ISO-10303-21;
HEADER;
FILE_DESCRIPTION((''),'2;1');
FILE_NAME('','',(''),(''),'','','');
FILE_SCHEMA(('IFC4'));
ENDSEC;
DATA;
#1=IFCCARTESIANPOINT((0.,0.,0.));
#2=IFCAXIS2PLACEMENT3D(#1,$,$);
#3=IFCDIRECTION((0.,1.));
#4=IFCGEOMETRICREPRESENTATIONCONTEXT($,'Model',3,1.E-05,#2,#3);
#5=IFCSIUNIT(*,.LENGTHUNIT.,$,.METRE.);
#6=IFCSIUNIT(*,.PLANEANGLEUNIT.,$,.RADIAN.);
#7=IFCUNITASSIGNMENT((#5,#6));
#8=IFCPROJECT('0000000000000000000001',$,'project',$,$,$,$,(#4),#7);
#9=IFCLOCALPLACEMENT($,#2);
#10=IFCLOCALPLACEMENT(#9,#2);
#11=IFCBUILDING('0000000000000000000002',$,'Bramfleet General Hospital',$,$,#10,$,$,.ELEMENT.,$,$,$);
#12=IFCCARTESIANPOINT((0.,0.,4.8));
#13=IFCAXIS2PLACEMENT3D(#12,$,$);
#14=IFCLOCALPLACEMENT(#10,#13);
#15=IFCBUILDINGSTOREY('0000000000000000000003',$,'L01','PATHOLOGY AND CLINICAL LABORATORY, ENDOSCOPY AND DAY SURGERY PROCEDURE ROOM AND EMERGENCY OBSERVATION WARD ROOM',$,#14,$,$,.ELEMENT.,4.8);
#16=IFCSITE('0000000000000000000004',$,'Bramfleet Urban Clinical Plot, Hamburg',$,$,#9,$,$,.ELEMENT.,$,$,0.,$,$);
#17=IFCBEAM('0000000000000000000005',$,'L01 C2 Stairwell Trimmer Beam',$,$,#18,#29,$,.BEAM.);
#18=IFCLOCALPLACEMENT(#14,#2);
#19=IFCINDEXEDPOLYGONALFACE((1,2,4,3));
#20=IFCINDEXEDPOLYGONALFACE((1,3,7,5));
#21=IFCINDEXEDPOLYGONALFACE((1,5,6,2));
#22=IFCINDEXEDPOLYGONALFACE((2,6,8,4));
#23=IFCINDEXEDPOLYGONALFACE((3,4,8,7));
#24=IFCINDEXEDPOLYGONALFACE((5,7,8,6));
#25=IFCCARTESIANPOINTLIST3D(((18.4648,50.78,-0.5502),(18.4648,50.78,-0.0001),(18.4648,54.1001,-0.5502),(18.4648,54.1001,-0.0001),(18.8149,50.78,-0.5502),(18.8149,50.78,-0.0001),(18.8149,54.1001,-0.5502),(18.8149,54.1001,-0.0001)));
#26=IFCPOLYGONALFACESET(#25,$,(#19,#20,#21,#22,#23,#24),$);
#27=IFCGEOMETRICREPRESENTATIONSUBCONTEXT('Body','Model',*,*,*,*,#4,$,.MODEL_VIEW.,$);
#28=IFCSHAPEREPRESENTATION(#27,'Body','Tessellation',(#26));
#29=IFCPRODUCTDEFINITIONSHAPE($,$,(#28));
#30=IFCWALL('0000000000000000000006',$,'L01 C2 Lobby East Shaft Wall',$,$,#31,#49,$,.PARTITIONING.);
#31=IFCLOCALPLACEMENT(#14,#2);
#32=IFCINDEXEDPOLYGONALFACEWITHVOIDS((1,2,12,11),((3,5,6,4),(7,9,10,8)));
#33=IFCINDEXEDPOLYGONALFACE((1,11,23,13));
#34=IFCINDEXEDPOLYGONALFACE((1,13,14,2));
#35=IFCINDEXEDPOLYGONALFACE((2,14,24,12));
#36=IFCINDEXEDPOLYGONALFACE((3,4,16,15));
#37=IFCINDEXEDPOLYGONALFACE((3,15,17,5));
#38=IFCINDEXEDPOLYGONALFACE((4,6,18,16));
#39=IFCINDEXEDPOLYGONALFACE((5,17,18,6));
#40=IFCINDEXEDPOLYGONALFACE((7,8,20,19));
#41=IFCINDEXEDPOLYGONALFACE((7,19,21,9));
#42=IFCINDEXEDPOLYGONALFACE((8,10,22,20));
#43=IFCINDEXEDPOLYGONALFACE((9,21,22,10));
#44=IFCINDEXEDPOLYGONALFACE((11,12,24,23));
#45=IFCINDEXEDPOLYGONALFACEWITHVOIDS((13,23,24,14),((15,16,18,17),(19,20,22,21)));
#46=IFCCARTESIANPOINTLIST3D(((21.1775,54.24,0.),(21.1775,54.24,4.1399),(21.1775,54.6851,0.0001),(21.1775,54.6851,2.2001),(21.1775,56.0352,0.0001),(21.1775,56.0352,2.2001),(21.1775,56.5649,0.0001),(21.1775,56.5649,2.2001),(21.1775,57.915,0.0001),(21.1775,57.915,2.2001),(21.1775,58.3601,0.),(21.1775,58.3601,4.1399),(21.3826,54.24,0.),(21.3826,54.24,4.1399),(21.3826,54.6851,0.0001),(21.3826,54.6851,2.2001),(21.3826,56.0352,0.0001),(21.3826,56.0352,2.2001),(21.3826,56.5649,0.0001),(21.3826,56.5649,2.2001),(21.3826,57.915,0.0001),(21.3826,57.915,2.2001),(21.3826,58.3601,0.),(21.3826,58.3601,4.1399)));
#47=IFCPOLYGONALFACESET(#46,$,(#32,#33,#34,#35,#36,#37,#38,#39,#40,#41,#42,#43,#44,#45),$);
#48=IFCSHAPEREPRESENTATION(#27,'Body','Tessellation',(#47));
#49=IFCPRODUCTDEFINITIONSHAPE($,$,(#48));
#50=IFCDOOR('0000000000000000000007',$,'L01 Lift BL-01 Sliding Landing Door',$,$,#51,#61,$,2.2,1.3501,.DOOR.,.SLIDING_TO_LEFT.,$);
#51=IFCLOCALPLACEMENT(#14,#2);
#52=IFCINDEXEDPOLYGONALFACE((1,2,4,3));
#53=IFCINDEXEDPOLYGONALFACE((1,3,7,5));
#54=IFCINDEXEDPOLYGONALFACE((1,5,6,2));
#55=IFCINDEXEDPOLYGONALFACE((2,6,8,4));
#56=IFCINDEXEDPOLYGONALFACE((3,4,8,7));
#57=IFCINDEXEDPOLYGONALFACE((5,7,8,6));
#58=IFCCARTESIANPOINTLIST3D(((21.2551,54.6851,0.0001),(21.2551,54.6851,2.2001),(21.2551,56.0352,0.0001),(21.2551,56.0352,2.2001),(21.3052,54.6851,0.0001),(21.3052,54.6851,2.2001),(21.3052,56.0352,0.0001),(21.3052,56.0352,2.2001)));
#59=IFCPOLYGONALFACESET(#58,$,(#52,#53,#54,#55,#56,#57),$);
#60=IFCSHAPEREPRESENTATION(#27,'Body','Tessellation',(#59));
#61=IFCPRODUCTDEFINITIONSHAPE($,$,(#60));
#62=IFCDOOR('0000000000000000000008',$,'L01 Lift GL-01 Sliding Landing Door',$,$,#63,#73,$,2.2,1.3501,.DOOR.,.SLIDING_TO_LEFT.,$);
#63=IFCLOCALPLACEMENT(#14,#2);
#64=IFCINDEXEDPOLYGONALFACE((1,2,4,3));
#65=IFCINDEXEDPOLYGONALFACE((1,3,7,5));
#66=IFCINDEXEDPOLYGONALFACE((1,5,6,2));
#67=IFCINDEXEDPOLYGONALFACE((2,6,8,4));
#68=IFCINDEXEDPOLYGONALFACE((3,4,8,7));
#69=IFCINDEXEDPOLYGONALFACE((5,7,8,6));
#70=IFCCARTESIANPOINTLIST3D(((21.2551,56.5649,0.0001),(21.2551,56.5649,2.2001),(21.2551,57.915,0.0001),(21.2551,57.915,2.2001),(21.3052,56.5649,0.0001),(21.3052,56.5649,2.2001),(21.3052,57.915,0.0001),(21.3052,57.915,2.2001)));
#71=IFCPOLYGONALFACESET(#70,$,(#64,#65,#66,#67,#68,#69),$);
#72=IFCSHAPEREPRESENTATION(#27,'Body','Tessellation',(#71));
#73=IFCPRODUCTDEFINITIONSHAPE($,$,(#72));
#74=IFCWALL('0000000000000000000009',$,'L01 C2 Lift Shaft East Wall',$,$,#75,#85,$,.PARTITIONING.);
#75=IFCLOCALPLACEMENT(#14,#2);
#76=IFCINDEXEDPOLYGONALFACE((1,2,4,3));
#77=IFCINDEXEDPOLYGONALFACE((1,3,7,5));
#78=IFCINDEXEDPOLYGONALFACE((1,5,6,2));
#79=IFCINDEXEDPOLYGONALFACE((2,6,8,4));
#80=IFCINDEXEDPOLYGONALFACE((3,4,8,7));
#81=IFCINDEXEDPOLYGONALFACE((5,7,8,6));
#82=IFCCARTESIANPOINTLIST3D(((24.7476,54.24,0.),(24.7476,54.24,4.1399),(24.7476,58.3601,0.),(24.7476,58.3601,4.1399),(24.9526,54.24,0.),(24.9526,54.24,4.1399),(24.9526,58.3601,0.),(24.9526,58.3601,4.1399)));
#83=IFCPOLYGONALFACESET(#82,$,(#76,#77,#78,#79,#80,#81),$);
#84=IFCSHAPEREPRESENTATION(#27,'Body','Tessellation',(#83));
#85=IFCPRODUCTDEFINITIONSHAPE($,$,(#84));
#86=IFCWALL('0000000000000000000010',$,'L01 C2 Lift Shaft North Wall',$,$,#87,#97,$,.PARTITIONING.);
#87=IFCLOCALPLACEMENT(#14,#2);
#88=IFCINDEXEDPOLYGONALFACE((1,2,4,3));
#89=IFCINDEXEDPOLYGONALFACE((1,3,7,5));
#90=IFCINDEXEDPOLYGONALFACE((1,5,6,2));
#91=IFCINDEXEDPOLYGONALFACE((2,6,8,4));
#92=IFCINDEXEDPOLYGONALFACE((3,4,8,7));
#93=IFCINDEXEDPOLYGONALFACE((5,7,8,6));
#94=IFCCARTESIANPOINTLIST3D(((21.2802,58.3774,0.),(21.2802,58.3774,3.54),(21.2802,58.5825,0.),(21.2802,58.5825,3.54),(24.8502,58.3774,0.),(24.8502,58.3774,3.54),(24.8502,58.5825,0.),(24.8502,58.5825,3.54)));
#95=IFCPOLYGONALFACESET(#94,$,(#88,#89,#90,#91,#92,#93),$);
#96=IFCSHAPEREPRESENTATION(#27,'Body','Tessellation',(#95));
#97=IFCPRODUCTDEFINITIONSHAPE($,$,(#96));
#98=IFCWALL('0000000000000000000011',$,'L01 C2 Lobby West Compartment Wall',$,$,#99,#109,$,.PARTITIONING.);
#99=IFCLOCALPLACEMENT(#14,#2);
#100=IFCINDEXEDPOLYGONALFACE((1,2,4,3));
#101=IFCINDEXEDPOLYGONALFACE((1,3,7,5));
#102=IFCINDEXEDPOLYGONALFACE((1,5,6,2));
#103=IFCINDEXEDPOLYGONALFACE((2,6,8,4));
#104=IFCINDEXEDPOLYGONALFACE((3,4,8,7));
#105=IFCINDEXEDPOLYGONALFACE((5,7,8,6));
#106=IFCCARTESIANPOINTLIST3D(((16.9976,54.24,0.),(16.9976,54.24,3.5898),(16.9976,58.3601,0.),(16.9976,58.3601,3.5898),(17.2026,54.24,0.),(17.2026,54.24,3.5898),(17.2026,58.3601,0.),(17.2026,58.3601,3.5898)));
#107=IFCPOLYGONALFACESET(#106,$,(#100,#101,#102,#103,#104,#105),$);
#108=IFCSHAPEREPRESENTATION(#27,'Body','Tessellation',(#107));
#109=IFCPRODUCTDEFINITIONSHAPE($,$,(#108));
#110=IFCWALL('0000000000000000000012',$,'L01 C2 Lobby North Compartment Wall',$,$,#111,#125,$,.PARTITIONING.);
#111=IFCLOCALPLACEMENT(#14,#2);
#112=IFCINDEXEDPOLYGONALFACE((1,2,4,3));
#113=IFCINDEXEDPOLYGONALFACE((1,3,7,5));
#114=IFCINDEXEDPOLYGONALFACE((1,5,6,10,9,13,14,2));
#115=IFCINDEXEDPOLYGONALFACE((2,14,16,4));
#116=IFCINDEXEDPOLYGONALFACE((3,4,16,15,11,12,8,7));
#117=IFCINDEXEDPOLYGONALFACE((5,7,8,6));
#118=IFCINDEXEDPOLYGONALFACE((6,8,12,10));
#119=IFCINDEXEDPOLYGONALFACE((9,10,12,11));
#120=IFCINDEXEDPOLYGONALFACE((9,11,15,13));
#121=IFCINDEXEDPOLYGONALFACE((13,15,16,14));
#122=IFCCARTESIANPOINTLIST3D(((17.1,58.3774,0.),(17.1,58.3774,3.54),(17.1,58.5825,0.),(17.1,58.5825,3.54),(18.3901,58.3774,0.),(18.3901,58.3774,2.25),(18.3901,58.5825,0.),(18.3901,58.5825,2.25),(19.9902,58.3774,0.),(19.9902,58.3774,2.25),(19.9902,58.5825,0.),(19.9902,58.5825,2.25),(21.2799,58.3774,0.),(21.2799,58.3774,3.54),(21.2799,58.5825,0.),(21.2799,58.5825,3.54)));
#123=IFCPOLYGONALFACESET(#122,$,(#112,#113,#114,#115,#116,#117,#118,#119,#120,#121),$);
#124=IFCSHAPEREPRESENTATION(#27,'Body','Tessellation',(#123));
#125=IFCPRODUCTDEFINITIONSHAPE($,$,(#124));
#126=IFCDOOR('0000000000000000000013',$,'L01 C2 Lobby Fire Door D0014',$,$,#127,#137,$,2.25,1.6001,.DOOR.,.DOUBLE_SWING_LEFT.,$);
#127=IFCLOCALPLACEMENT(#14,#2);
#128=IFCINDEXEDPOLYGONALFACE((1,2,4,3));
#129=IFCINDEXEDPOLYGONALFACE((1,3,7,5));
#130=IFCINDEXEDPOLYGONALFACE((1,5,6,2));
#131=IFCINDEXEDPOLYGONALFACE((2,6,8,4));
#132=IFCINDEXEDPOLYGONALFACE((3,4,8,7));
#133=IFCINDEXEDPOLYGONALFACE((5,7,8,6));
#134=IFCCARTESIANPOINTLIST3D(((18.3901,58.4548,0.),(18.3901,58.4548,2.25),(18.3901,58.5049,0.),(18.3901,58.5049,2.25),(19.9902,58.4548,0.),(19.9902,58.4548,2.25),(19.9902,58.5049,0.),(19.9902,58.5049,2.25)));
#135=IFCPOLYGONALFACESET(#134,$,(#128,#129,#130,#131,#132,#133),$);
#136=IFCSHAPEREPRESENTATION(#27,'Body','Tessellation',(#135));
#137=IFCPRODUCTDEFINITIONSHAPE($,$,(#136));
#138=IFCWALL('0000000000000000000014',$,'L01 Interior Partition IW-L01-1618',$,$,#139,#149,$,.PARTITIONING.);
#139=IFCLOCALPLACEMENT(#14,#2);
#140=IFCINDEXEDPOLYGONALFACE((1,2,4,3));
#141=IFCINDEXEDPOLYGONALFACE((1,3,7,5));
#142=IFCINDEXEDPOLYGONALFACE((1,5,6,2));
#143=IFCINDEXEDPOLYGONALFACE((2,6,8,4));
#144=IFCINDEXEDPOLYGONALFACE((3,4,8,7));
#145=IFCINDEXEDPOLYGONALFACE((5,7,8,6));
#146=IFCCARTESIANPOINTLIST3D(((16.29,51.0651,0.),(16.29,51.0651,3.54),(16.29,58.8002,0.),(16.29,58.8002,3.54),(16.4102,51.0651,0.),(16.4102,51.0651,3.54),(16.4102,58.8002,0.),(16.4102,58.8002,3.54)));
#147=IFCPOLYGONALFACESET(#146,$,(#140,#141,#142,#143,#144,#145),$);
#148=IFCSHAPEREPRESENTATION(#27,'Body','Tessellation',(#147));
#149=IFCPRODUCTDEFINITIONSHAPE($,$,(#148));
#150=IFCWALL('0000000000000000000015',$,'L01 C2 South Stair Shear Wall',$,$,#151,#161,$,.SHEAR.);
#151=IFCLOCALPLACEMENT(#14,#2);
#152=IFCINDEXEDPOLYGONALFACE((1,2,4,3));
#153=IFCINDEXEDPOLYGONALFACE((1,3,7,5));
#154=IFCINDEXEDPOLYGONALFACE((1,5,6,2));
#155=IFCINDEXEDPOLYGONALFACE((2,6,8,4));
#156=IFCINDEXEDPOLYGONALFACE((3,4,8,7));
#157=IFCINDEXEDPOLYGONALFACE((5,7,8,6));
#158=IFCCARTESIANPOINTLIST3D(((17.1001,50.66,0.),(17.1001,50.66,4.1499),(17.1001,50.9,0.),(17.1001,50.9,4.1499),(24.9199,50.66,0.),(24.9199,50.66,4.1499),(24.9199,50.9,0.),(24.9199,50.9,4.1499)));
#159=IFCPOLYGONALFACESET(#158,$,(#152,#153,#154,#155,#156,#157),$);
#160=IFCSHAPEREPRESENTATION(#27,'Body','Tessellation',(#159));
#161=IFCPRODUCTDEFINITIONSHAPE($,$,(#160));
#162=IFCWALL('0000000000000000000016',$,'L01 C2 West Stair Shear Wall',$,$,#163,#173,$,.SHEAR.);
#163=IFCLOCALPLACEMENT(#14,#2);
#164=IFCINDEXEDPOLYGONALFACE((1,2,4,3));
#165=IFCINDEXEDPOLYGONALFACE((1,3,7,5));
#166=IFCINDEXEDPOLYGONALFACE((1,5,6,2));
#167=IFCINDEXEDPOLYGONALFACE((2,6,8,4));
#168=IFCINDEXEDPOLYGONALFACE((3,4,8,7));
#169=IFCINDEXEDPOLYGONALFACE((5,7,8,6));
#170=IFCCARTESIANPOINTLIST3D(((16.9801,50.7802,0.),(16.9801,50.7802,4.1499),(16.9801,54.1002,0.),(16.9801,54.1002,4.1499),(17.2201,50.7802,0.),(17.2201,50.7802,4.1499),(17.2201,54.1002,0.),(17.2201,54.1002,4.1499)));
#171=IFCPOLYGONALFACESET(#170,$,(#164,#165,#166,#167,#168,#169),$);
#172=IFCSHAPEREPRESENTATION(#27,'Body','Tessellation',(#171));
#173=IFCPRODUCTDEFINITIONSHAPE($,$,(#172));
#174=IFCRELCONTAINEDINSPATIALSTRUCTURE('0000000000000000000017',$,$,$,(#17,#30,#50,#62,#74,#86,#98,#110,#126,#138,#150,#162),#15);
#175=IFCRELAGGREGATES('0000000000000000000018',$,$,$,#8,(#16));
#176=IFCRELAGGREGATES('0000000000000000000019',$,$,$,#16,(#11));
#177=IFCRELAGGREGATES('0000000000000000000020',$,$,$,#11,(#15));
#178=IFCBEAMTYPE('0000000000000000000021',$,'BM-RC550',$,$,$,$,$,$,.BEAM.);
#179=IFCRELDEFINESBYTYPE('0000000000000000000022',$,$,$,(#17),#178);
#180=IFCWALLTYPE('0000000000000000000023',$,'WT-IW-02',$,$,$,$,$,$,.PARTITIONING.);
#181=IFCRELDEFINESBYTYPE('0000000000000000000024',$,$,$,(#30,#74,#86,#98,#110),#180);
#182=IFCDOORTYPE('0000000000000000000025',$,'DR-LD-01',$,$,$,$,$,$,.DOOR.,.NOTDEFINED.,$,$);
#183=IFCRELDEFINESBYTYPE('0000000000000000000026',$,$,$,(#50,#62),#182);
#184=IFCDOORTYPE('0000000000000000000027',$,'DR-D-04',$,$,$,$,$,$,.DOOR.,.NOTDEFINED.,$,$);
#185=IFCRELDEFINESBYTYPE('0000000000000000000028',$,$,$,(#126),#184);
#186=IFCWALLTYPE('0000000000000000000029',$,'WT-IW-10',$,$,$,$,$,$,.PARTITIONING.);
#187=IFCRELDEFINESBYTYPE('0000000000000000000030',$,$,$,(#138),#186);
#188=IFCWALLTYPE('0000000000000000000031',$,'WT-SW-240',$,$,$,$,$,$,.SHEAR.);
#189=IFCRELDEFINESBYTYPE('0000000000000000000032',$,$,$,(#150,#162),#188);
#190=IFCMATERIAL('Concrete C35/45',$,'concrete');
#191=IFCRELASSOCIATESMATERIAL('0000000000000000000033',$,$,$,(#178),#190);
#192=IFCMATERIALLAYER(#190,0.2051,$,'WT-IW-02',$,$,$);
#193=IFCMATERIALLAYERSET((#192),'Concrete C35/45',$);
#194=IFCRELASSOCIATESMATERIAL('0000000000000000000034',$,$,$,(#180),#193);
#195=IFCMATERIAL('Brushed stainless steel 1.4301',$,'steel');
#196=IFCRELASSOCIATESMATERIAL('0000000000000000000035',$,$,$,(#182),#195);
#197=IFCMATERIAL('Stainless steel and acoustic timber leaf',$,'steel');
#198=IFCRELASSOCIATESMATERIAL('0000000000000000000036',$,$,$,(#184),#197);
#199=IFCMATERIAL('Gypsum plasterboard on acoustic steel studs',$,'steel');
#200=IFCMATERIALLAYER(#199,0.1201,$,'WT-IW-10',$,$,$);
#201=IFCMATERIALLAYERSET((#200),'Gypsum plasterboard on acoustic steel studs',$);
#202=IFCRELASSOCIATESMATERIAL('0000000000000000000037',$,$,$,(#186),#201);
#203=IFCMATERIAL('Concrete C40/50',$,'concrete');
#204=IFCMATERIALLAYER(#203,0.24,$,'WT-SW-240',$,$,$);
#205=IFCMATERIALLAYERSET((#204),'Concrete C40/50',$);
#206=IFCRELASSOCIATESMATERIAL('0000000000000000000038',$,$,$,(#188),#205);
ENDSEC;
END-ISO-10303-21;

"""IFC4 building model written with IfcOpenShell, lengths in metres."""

from ifc_helpers import new_model, si_unit, direction, frame, frame_2d, origin, origin_2d, place, context, subcontext, project, spatial, rectangle, extrude, material, layer, layer_set, material_profile, profile_set, type_object, element, fill, save


model = new_model("IFC4")

# Units and contexts
model_context = context("Model", 3, precision=1e-05, world=origin(), true_north=direction((0.0, 1.0)))
body_context = subcontext(model_context, "Body", "Model", "MODEL_VIEW")
ifc_project = project(units=[si_unit("LENGTHUNIT", "METRE"), si_unit("PLANEANGLEUNIT", "RADIAN")], contexts=[model_context])

# Site, building, storey
site_placement = place(None, origin())
site = spatial("IfcSite", under=ifc_project, at=site_placement, Name="Bramfleet Urban Clinical Plot, Hamburg", CompositionType="ELEMENT", RefElevation=0.0)
building_placement = place(site_placement, origin())
building = spatial("IfcBuilding", under=site, at=building_placement, Name="Bramfleet General Hospital", CompositionType="ELEMENT")
storey_placement = place(building_placement, frame((0.0, 0.0, 4.8)))
storey = spatial("IfcBuildingStorey", under=building, at=storey_placement, Name="L01", Description="PATHOLOGY AND CLINICAL LABORATORY, ENDOSCOPY AND DAY SURGERY PROCEDURE ROOM AND EMERGENCY OBSERVATION WARD ROOM", CompositionType="ELEMENT", Elevation=4.8)

# Beam
ifc_material_1 = material(Name="Concrete C35/45", Category="concrete")
ifc_material_profile = material_profile(ifc_material_1, rectangle(XDim=0.3501, YDim=0.55, at=origin_2d()), Name="RC BM 550x350")
ifc_profile_set = profile_set([ifc_material_profile], Name="Concrete C35/45")
beam_type = type_object("IfcBeamType", Name="BM-RC550", PredefinedType="BEAM", material=ifc_profile_set)
beam_placement = place(storey_placement, frame((18.6399, 50.78, -0.2751), z_axis=(0.0, 1.0, 0.0), x_axis=(-1.0, 0.0, 0.0)))
element("IfcBeam", 1, at=beam_placement, inside=storey, type_object=beam_type, Name="L01 C2 Stairwell Trimmer Beam", PredefinedType="BEAM", context=body_context, shape_type="SweptSolid", body=[
    extrude(rectangle(XDim=0.3501, YDim=0.55, at=origin_2d()), origin(), (0.0, 0.0, 1.0), 3.3201),
])

# Wall, openings, doors
ifc_layer_1 = layer(ifc_material_1, 0.2051, Name="WT-IW-02")
ifc_layer_set_1 = layer_set([ifc_layer_1], Name="Concrete C35/45")
wall_type_1 = type_object("IfcWallType", Name="WT-IW-02", PredefinedType="PARTITIONING", material=ifc_layer_set_1)
wall_1_placement = place(storey_placement, frame((21.28, 54.24, 0.0), z_axis=(0.0, 0.0, 1.0), x_axis=(0.0, 1.0, 0.0)))
wall_1 = element("IfcWall", 2, at=wall_1_placement, inside=storey, type_object=wall_type_1, Name="L01 C2 Lobby East Shaft Wall", PredefinedType="PARTITIONING", context=body_context, shape_type="SweptSolid", body=[
    extrude(rectangle(XDim=4.1201, YDim=0.2051, at=frame_2d((2.0601, 0.0))), origin(), (0.0, 0.0, 1.0), 4.1399),
])
opening_1_placement = place(wall_1_placement, frame((0.4451, 0.0, 0.0)))
opening_1 = element("IfcOpeningElement", 3, at=opening_1_placement, cuts=wall_1, PredefinedType="OPENING", context=body_context, shape_type="SweptSolid", body=[
    extrude(rectangle(XDim=1.3501, YDim=2.2, at=frame_2d((0.675, 1.1001))), frame((0.0, 0.1125, 0.0), z_axis=(0.0, -1.0, 0.0), x_axis=(1.0, 0.0, 0.0)), (0.0, 0.0, 1.0), 0.2251),
])
opening_2_placement = place(wall_1_placement, frame((2.325, 0.0, 0.0)))
opening_2 = element("IfcOpeningElement", 4, at=opening_2_placement, cuts=wall_1, PredefinedType="OPENING", context=body_context, shape_type="SweptSolid", body=[
    extrude(rectangle(XDim=1.3501, YDim=2.2, at=frame_2d((0.675, 1.1001))), frame((0.0, 0.1125, 0.0), z_axis=(0.0, -1.0, 0.0), x_axis=(1.0, 0.0, 0.0)), (0.0, 0.0, 1.0), 0.2251),
])
ifc_material_2 = material(Name="Brushed stainless steel 1.4301", Category="steel")
door_type_1 = type_object("IfcDoorType", Name="DR-LD-01", OperationType="NOTDEFINED", PredefinedType="DOOR", material=ifc_material_2)
door_1_placement = place(opening_1_placement, origin())
door_1 = element("IfcDoor", 5, at=door_1_placement, inside=storey, type_object=door_type_1, Name="L01 Lift BL-01 Sliding Landing Door", OperationType="SLIDING_TO_LEFT", OverallHeight=2.2, OverallWidth=1.3501, PredefinedType="DOOR", context=body_context, shape_type="SweptSolid", body=[
    extrude(rectangle(XDim=1.3501, YDim=2.2, at=frame_2d((0.675, 1.1001))), frame((0.0, 0.0249, 0.0), z_axis=(0.0, -1.0, 0.0), x_axis=(1.0, 0.0, 0.0)), (0.0, 0.0, 1.0), 0.05),
])
fill(opening_1, door_1)
door_2_placement = place(opening_2_placement, origin())
door_2 = element("IfcDoor", 6, at=door_2_placement, inside=storey, type_object=door_type_1, Name="L01 Lift GL-01 Sliding Landing Door", OperationType="SLIDING_TO_LEFT", OverallHeight=2.2, OverallWidth=1.3501, PredefinedType="DOOR", context=body_context, shape_type="SweptSolid", body=[
    extrude(rectangle(XDim=1.3501, YDim=2.2, at=frame_2d((0.675, 1.1001))), frame((0.0, 0.0249, 0.0), z_axis=(0.0, -1.0, 0.0), x_axis=(1.0, 0.0, 0.0)), (0.0, 0.0, 1.0), 0.05),
])
fill(opening_2, door_2)

# Walls
wall_2_placement = place(storey_placement, frame((24.8501, 54.24, 0.0), z_axis=(0.0, 0.0, 1.0), x_axis=(0.0, 1.0, 0.0)))
element("IfcWall", 7, at=wall_2_placement, inside=storey, type_object=wall_type_1, Name="L01 C2 Lift Shaft East Wall", PredefinedType="PARTITIONING", context=body_context, shape_type="SweptSolid", body=[
    extrude(rectangle(XDim=4.1201, YDim=0.2051, at=frame_2d((2.0601, 0.0))), origin(), (0.0, 0.0, 1.0), 4.1399),
])
wall_3_placement = place(storey_placement, frame((21.28, 58.48, 0.0), z_axis=(0.0, 0.0, 1.0), x_axis=(1.0, 0.0, 0.0)))
element("IfcWall", 8, at=wall_3_placement, inside=storey, type_object=wall_type_1, Name="L01 C2 Lift Shaft North Wall", PredefinedType="PARTITIONING", context=body_context, shape_type="SweptSolid", body=[
    extrude(rectangle(XDim=3.5701, YDim=0.2051, at=frame_2d((1.7852, 0.0))), origin(), (0.0, 0.0, 1.0), 3.54),
])
wall_4_placement = place(storey_placement, frame((17.1001, 54.24, 0.0), z_axis=(0.0, 0.0, 1.0), x_axis=(0.0, 1.0, 0.0)))
element("IfcWall", 9, at=wall_4_placement, inside=storey, type_object=wall_type_1, Name="L01 C2 Lobby West Compartment Wall", PredefinedType="PARTITIONING", context=body_context, shape_type="SweptSolid", body=[
    extrude(rectangle(XDim=4.1201, YDim=0.2051, at=frame_2d((2.0601, 0.0))), origin(), (0.0, 0.0, 1.0), 3.5898),
])

# Wall, opening, door
wall_5_placement = place(storey_placement, frame((17.1001, 58.48, 0.0), z_axis=(0.0, 0.0, 1.0), x_axis=(1.0, 0.0, 0.0)))
wall_5 = element("IfcWall", 10, at=wall_5_placement, inside=storey, type_object=wall_type_1, Name="L01 C2 Lobby North Compartment Wall", PredefinedType="PARTITIONING", context=body_context, shape_type="SweptSolid", body=[
    extrude(rectangle(XDim=4.1799, YDim=0.2051, at=frame_2d((2.0898, 0.0))), origin(), (0.0, 0.0, 1.0), 3.54),
])
opening_3_placement = place(wall_5_placement, frame((1.29, 0.0, 0.0)))
opening_3 = element("IfcOpeningElement", 11, at=opening_3_placement, cuts=wall_5, PredefinedType="OPENING", context=body_context, shape_type="SweptSolid", body=[
    extrude(rectangle(XDim=1.6001, YDim=2.25, at=frame_2d((0.8, 1.125))), frame((0.0, 0.1125, 0.0), z_axis=(0.0, -1.0, 0.0), x_axis=(1.0, 0.0, 0.0)), (0.0, 0.0, 1.0), 0.2251),
])
ifc_material_3 = material(Name="Stainless steel and acoustic timber leaf", Category="steel")
door_type_2 = type_object("IfcDoorType", Name="DR-D-04", OperationType="NOTDEFINED", PredefinedType="DOOR", material=ifc_material_3)
door_3_placement = place(opening_3_placement, origin())
door_3 = element("IfcDoor", 12, at=door_3_placement, inside=storey, type_object=door_type_2, Name="L01 C2 Lobby Fire Door D0014", OperationType="DOUBLE_SWING_LEFT", OverallHeight=2.25, OverallWidth=1.6001, PredefinedType="DOOR", context=body_context, shape_type="SweptSolid", body=[
    extrude(rectangle(XDim=1.6001, YDim=2.25, at=frame_2d((0.8, 1.125))), frame((0.0, 0.0249, 0.0), z_axis=(0.0, -1.0, 0.0), x_axis=(1.0, 0.0, 0.0)), (0.0, 0.0, 1.0), 0.05),
])
fill(opening_3, door_3)

# Walls
ifc_material_4 = material(Name="Gypsum plasterboard on acoustic steel studs", Category="steel")
ifc_layer_2 = layer(ifc_material_4, 0.1201, Name="WT-IW-10")
ifc_layer_set_2 = layer_set([ifc_layer_2], Name="Gypsum plasterboard on acoustic steel studs")
wall_type_2 = type_object("IfcWallType", Name="WT-IW-10", PredefinedType="PARTITIONING", material=ifc_layer_set_2)
wall_6_placement = place(storey_placement, frame((16.3501, 51.0649, 0.0), z_axis=(0.0, 0.0, 1.0), x_axis=(0.0, 1.0, 0.0)))
element("IfcWall", 13, at=wall_6_placement, inside=storey, type_object=wall_type_2, Name="L01 Interior Partition IW-L01-1618", PredefinedType="PARTITIONING", context=body_context, shape_type="SweptSolid", body=[
    extrude(rectangle(XDim=7.7351, YDim=0.1201, at=frame_2d((3.8677, 0.0))), origin(), (0.0, 0.0, 1.0), 3.54),
])
ifc_material_5 = material(Name="Concrete C40/50", Category="concrete")
ifc_layer_3 = layer(ifc_material_5, 0.24, Name="WT-SW-240")
ifc_layer_set_3 = layer_set([ifc_layer_3], Name="Concrete C40/50")
wall_type_3 = type_object("IfcWallType", Name="WT-SW-240", PredefinedType="SHEAR", material=ifc_layer_set_3)
wall_7_placement = place(storey_placement, frame((17.1001, 50.78, 0.0), z_axis=(0.0, 0.0, 1.0), x_axis=(1.0, 0.0, 0.0)))
element("IfcWall", 14, at=wall_7_placement, inside=storey, type_object=wall_type_3, Name="L01 C2 South Stair Shear Wall", PredefinedType="SHEAR", context=body_context, shape_type="SweptSolid", body=[
    extrude(rectangle(XDim=7.8198, YDim=0.24, at=frame_2d((3.9099, 0.0))), origin(), (0.0, 0.0, 1.0), 4.1499),
])
for number, where, z_axis, x_axis, name in (
    (15, (17.1001, 50.78, 0.0), (0.0, 0.0, 1.0), (0.0, 1.0, 0.0), "L01 C2 West Stair Shear Wall"),
):
    element("IfcWall", number, at=place(storey_placement, frame(where, z_axis=z_axis, x_axis=x_axis)), inside=storey, type_object=wall_type_3, Name=name, PredefinedType="SHEAR", context=body_context, shape_type="SweptSolid", body=[
        extrude(rectangle(XDim=3.3201, YDim=0.24, at=frame_2d((1.6602, 0.0))), origin(), (0.0, 0.0, 1.0), 4.1499),
    ])

save(model, "model.ifc")
